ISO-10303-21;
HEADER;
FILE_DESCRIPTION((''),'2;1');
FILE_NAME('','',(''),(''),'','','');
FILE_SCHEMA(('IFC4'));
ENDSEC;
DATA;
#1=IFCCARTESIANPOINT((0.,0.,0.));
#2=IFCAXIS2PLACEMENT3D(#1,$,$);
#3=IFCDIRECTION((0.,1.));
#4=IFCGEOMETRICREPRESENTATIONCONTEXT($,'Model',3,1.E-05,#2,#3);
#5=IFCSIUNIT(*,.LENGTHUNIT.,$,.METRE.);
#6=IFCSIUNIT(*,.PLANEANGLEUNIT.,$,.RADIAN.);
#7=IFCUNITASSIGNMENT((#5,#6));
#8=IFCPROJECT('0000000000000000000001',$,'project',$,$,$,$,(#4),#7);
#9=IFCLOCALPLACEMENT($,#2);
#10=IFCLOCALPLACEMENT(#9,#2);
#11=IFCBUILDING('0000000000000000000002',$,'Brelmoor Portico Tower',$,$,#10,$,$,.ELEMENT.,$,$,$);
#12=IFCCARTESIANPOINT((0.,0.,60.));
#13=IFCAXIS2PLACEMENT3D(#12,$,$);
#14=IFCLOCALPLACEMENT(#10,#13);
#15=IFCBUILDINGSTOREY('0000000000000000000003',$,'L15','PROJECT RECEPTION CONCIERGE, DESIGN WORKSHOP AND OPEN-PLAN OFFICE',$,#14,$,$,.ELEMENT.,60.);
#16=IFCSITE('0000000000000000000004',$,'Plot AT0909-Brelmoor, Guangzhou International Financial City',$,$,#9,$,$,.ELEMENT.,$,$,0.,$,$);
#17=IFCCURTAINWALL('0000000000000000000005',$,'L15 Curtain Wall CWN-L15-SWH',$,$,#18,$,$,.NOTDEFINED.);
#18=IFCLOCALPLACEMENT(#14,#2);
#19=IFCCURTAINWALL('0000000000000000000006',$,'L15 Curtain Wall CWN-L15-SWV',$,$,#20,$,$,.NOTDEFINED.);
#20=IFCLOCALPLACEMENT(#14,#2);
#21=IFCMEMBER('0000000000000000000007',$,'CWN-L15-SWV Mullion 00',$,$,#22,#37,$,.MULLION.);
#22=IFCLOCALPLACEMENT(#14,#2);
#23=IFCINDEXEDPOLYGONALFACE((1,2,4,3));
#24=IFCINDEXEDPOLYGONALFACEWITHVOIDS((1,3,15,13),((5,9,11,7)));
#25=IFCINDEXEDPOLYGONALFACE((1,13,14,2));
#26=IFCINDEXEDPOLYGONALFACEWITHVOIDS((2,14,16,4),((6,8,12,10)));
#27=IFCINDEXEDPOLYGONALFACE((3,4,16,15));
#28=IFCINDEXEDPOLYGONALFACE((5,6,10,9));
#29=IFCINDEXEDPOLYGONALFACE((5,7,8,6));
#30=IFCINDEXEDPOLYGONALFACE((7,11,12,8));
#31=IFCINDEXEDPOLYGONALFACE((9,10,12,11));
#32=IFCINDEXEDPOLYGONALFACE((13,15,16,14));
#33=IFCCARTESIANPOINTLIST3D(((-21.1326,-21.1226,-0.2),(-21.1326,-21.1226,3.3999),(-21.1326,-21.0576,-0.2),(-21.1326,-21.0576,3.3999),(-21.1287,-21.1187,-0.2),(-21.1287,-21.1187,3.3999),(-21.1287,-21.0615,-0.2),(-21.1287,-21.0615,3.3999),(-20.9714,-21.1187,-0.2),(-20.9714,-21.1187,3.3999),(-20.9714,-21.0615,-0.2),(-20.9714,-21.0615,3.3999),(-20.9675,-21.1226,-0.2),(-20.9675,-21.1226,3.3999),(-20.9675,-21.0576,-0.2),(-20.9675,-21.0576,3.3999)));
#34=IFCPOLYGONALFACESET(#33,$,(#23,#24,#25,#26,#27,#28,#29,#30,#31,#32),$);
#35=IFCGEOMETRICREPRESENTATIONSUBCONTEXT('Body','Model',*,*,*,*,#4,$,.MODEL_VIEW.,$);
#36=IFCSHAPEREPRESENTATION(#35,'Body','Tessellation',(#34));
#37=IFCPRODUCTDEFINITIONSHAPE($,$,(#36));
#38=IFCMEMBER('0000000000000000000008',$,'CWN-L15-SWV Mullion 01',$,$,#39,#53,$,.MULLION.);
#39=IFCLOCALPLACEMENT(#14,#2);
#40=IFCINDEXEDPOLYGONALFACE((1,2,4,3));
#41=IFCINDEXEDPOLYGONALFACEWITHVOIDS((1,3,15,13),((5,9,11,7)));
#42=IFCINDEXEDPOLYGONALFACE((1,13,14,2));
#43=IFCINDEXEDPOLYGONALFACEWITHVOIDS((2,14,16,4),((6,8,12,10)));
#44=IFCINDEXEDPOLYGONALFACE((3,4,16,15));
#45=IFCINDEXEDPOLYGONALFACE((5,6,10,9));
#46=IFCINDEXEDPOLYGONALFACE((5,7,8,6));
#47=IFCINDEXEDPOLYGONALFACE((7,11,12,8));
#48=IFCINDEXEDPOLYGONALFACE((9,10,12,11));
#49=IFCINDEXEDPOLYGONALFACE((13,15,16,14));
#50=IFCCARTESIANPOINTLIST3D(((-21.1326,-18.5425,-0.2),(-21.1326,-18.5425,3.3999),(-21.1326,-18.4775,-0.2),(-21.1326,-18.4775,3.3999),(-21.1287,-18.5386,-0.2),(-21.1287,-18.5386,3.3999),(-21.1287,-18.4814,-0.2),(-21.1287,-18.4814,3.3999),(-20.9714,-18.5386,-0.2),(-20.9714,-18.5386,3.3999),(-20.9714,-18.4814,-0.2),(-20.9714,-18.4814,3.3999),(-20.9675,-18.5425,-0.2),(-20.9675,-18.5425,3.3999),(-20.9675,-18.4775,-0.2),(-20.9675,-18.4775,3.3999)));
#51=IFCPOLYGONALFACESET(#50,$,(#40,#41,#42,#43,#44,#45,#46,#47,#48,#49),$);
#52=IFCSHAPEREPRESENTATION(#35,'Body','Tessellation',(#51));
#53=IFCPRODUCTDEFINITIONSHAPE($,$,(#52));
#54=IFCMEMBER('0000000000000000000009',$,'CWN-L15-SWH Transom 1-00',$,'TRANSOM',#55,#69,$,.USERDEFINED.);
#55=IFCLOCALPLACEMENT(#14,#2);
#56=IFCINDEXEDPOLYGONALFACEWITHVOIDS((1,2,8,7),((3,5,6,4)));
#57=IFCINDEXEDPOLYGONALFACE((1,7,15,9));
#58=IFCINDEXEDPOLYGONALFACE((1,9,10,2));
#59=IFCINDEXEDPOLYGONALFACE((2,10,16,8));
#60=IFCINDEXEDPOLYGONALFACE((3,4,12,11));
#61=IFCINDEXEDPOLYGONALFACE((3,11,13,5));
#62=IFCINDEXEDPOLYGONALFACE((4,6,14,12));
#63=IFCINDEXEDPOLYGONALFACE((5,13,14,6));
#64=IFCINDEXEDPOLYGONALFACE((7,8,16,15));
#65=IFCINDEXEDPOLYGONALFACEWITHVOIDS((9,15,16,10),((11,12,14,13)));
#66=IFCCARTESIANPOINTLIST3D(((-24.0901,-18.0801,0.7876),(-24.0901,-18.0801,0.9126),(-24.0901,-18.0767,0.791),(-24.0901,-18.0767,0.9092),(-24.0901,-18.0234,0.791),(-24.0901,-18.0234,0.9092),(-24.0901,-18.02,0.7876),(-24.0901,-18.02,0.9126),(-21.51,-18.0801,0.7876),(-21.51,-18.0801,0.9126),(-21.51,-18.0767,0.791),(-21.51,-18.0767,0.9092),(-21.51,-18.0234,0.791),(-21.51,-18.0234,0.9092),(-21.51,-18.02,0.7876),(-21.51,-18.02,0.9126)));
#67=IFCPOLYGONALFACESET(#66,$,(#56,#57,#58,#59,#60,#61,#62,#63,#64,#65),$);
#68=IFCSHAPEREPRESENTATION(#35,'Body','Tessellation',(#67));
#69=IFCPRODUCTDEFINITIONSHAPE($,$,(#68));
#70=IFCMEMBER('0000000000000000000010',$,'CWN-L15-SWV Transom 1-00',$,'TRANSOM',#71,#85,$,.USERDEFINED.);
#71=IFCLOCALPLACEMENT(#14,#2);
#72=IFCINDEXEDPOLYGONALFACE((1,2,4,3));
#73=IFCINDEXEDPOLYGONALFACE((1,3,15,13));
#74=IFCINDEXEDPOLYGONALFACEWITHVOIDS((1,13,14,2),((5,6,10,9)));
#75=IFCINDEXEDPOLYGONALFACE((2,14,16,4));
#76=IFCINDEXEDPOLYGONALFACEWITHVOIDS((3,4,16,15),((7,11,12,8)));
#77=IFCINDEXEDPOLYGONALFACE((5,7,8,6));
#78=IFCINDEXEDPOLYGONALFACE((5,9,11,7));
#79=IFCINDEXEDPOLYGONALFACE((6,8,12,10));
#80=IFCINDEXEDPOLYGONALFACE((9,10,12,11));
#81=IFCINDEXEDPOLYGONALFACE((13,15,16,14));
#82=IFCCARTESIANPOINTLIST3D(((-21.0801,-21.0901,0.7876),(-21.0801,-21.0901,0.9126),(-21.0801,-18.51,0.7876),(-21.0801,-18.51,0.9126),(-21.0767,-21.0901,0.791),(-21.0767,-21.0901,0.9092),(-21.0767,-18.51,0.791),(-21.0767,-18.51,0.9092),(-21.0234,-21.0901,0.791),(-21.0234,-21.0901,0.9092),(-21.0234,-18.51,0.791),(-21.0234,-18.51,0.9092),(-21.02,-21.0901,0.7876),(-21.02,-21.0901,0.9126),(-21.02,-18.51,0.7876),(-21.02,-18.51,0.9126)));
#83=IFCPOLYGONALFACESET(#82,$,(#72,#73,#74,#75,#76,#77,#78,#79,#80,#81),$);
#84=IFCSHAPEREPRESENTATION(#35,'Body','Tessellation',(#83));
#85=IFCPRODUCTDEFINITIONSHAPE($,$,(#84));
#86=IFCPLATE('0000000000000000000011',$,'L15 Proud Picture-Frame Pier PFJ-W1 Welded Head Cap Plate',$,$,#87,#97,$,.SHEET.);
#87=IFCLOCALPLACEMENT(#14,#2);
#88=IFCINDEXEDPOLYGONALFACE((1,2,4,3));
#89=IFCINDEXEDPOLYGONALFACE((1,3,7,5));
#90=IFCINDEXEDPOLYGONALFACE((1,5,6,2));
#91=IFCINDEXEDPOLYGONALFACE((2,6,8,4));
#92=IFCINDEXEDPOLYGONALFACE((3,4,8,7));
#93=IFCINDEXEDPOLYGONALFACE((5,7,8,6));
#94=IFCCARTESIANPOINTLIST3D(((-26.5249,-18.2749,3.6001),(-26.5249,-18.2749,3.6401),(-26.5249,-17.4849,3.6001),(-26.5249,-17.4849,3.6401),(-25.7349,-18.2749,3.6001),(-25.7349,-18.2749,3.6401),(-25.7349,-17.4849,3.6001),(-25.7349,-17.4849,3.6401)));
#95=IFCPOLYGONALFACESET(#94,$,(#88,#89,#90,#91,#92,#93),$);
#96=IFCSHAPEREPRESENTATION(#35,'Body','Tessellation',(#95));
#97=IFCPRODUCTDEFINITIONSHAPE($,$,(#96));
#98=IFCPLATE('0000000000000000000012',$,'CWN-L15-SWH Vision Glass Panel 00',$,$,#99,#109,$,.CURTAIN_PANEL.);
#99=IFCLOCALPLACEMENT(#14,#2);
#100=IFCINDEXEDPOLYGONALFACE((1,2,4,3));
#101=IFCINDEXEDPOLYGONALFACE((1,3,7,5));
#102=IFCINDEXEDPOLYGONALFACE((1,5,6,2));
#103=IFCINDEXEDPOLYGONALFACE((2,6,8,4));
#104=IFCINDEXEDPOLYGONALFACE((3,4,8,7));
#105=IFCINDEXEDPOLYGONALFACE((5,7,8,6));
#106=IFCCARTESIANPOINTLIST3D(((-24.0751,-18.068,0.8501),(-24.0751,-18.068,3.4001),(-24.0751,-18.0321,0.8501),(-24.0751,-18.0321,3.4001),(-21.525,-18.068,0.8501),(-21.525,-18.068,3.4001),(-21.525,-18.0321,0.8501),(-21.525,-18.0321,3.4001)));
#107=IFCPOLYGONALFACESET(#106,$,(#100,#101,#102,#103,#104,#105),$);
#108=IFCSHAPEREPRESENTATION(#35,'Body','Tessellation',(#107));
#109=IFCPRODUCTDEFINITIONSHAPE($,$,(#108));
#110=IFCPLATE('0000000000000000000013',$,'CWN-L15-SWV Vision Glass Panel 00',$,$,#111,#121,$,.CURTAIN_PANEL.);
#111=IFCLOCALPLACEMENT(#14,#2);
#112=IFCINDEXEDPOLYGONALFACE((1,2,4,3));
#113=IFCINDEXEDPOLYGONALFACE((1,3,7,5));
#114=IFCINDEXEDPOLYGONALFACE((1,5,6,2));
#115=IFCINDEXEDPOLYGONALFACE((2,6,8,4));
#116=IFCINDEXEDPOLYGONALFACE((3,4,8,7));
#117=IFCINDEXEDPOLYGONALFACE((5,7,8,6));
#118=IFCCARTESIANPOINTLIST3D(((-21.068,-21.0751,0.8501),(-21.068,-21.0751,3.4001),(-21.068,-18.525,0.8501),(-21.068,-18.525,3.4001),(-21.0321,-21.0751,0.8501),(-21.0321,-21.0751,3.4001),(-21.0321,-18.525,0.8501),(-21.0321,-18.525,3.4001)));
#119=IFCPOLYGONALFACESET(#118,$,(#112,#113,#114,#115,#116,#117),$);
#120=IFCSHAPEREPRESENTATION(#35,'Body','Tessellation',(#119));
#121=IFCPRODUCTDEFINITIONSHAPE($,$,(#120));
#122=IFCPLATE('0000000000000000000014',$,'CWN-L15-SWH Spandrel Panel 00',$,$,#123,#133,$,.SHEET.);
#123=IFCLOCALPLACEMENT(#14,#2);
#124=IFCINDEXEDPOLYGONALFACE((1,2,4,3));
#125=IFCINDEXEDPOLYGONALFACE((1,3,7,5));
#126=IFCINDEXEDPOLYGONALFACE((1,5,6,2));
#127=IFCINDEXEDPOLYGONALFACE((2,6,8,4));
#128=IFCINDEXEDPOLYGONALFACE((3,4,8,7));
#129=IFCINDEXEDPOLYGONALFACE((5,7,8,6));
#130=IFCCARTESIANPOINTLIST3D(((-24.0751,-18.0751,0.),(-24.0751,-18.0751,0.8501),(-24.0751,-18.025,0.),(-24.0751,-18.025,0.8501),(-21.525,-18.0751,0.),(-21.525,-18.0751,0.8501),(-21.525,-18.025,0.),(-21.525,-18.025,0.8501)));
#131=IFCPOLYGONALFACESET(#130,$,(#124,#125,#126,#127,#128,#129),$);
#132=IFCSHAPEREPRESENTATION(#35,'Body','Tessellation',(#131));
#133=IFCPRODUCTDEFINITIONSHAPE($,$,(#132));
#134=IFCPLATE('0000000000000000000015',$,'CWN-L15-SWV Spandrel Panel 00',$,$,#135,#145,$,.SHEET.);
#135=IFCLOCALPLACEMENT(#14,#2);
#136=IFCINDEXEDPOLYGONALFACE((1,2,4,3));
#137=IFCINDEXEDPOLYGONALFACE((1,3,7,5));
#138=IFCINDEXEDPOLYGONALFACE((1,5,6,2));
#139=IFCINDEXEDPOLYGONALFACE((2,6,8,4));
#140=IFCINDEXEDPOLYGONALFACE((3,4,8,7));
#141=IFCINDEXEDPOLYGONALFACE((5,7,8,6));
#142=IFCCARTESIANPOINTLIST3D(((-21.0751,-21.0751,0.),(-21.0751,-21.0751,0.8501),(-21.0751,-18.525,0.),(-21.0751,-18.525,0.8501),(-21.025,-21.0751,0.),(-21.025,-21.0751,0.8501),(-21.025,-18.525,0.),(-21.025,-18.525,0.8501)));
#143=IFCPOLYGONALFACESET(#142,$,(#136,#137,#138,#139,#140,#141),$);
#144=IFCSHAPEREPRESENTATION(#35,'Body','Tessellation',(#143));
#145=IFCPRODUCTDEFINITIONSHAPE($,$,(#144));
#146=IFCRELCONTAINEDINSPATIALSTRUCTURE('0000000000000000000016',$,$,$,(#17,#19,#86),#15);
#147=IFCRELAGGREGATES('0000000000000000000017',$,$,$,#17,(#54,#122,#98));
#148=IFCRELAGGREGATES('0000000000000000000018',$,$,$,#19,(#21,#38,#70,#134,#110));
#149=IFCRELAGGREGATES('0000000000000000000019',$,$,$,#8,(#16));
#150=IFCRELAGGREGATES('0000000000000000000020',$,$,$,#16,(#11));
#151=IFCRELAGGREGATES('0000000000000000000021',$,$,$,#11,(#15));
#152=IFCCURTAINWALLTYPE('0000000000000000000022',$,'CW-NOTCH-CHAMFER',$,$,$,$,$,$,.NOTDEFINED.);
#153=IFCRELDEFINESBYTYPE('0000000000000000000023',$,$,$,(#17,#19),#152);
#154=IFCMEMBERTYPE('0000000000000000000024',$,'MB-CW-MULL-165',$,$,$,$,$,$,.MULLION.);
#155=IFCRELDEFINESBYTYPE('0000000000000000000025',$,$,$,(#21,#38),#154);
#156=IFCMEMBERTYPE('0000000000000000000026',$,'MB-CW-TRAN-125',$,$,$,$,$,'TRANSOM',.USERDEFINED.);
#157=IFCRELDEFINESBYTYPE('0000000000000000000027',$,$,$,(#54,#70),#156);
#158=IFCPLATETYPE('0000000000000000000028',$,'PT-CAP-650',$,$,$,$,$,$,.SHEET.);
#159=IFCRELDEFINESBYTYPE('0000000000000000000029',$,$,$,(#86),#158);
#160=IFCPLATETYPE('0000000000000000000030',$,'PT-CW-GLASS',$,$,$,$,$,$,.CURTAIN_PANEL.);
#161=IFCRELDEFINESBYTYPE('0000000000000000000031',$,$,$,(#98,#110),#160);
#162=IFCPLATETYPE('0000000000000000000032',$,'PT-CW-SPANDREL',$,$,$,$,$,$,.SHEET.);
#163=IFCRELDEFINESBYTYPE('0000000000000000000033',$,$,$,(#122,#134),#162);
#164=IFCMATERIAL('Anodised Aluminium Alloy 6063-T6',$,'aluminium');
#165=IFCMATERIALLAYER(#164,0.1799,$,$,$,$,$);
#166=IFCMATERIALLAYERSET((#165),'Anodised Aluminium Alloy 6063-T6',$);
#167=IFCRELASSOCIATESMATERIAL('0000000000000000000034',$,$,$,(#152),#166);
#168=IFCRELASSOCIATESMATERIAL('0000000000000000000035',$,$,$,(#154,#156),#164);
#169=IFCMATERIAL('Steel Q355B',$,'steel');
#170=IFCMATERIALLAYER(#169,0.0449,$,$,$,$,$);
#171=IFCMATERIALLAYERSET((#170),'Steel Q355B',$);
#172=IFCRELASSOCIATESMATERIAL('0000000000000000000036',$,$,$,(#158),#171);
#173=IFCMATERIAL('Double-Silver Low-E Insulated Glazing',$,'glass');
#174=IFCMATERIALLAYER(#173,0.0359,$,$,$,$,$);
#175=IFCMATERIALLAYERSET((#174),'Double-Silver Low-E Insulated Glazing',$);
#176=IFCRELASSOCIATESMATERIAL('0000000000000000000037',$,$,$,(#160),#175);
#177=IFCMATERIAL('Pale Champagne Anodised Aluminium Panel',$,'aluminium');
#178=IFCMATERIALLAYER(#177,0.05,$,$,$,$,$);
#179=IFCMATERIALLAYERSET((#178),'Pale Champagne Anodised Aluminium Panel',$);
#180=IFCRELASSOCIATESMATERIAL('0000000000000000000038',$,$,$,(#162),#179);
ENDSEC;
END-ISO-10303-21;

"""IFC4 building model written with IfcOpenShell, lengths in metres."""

from ifc_helpers import new_model, si_unit, direction, frame, origin, origin_2d, place, context, subcontext, project, spatial, rectangle, hollow_rectangle, extrude, material, layer, layer_set, material_profile, profile_set, type_object, element, aggregate, save


model = new_model("IFC4")

# Units and contexts
model_context = context("Model", 3, precision=1e-05, world=origin(), true_north=direction((0.0, 1.0)))
body_context = subcontext(model_context, "Body", "Model", "MODEL_VIEW")
ifc_project = project(units=[si_unit("LENGTHUNIT", "METRE"), si_unit("PLANEANGLEUNIT", "RADIAN")], contexts=[model_context])

# Site, building, storey
site_placement = place(None, origin())
site = spatial("IfcSite", under=ifc_project, at=site_placement, Name="Plot AT0909-Brelmoor, Guangzhou International Financial City", CompositionType="ELEMENT", RefElevation=0.0)
building_placement = place(site_placement, origin())
building = spatial("IfcBuilding", under=site, at=building_placement, Name="Brelmoor Portico Tower", CompositionType="ELEMENT")
storey_placement = place(building_placement, frame((0.0, 0.0, 60.0)))
storey = spatial("IfcBuildingStorey", under=building, at=storey_placement, Name="L15", Description="PROJECT RECEPTION CONCIERGE, DESIGN WORKSHOP AND OPEN-PLAN OFFICE", CompositionType="ELEMENT", Elevation=60.0)

# Shared definitions
ifc_material_1 = material(Name="Steel Q355B", Category="steel")

# Curtain walls, members
ifc_material_2 = material(Name="Anodised Aluminium Alloy 6063-T6", Category="aluminium")
ifc_layer_1 = layer(ifc_material_2, 0.1799)
ifc_layer_set_1 = layer_set([ifc_layer_1], Name="Anodised Aluminium Alloy 6063-T6")
curtain_wall_type = type_object("IfcCurtainWallType", Name="CW-NOTCH-CHAMFER", PredefinedType="NOTDEFINED", material=ifc_layer_set_1)
curtain_wall_1_placement = place(storey_placement, origin())
curtain_wall_1 = element("IfcCurtainWall", 1, at=curtain_wall_1_placement, inside=storey, type_object=curtain_wall_type, Name="L15 Curtain Wall CWN-L15-SWH", PredefinedType="NOTDEFINED")
ifc_material_profile_1 = material_profile(ifc_material_2, hollow_rectangle(XDim=0.0649, YDim=0.165, WallThickness=0.0039, at=origin_2d()), Name="ALU MULLION 65x165")
ifc_profile_set_1 = profile_set([ifc_material_profile_1], Name="Anodised Aluminium Alloy 6063-T6")
member_type_1 = type_object("IfcMemberType", Name="MB-CW-MULL-165", PredefinedType="MULLION", material=ifc_profile_set_1)
curtain_wall_2_placement = place(storey_placement, origin())
curtain_wall_2 = element("IfcCurtainWall", 2, at=curtain_wall_2_placement, inside=storey, type_object=curtain_wall_type, Name="L15 Curtain Wall CWN-L15-SWV", PredefinedType="NOTDEFINED")
member_1_placement = place(storey_placement, frame((-21.05, -21.0901, -0.2), z_axis=(0.0, 0.0, 1.0), x_axis=(0.0, 1.0, 0.0)))
member_1 = element("IfcMember", 3, at=member_1_placement, type_object=member_type_1, Name="CWN-L15-SWV Mullion 00", PredefinedType="MULLION", context=body_context, shape_type="SweptSolid", body=[
    extrude(hollow_rectangle(XDim=0.0649, YDim=0.165, WallThickness=0.0039, at=origin_2d()), origin(), (0.0, 0.0, 1.0), 3.5999),
])
member_2_placement = place(storey_placement, frame((-21.05, -18.51, -0.2), z_axis=(0.0, 0.0, 1.0), x_axis=(0.0, 1.0, 0.0)))
member_2 = element("IfcMember", 4, at=member_2_placement, type_object=member_type_1, Name="CWN-L15-SWV Mullion 01", PredefinedType="MULLION", context=body_context, shape_type="SweptSolid", body=[
    extrude(hollow_rectangle(XDim=0.0649, YDim=0.165, WallThickness=0.0039, at=origin_2d()), origin(), (0.0, 0.0, 1.0), 3.5999),
])

# Members
ifc_material_profile_2 = material_profile(ifc_material_2, hollow_rectangle(XDim=0.0601, YDim=0.125, WallThickness=0.0034, at=origin_2d()), Name="ALU TRANSOM 60x125")
ifc_profile_set_2 = profile_set([ifc_material_profile_2], Name="Anodised Aluminium Alloy 6063-T6")
member_type_2 = type_object("IfcMemberType", Name="MB-CW-TRAN-125", ElementType="TRANSOM", PredefinedType="USERDEFINED", material=ifc_profile_set_2)
member_3_placement = place(storey_placement, frame((-24.0901, -18.05, 0.8501), z_axis=(1.0, 0.0, 0.0), x_axis=(0.0, 1.0, 0.0)))
member_3 = element("IfcMember", 5, at=member_3_placement, type_object=member_type_2, Name="CWN-L15-SWH Transom 1-00", ObjectType="TRANSOM", PredefinedType="USERDEFINED", context=body_context, shape_type="SweptSolid", body=[
    extrude(hollow_rectangle(XDim=0.0601, YDim=0.125, WallThickness=0.0034, at=origin_2d()), origin(), (0.0, 0.0, 1.0), 2.5801),
])
member_4_placement = place(storey_placement, frame((-21.05, -21.0901, 0.8501), z_axis=(0.0, 1.0, 0.0), x_axis=(-1.0, 0.0, 0.0)))
member_4 = element("IfcMember", 6, at=member_4_placement, type_object=member_type_2, Name="CWN-L15-SWV Transom 1-00", ObjectType="TRANSOM", PredefinedType="USERDEFINED", context=body_context, shape_type="SweptSolid", body=[
    extrude(hollow_rectangle(XDim=0.0601, YDim=0.125, WallThickness=0.0034, at=origin_2d()), origin(), (0.0, 0.0, 1.0), 2.5801),
])

# Plates
ifc_layer_2 = layer(ifc_material_1, 0.0449)
ifc_layer_set_2 = layer_set([ifc_layer_2], Name="Steel Q355B")
plate_type_1 = type_object("IfcPlateType", Name="PT-CAP-650", PredefinedType="SHEET", material=ifc_layer_set_2)
plate_1_placement = place(storey_placement, frame((-26.1299, -17.8799, 3.6001), z_axis=(0.0, 0.0, 1.0), x_axis=(0.0, 1.0, 0.0)))
element("IfcPlate", 7, at=plate_1_placement, inside=storey, type_object=plate_type_1, Name="L15 Proud Picture-Frame Pier PFJ-W1 Welded Head Cap Plate", PredefinedType="SHEET", context=body_context, shape_type="SweptSolid", body=[
    extrude(rectangle(XDim=0.79, YDim=0.79, at=origin_2d()), origin(), (0.0, 0.0, 1.0), 0.04),
])
ifc_material_3 = material(Name="Double-Silver Low-E Insulated Glazing", Category="glass")
ifc_layer_3 = layer(ifc_material_3, 0.0359)
ifc_layer_set_3 = layer_set([ifc_layer_3], Name="Double-Silver Low-E Insulated Glazing")
plate_type_2 = type_object("IfcPlateType", Name="PT-CW-GLASS", PredefinedType="CURTAIN_PANEL", material=ifc_layer_set_3)
plate_2_placement = place(storey_placement, frame((-22.8, -18.05, 0.8501), z_axis=(0.0, 0.0, 1.0), x_axis=(1.0, 0.0, 0.0)))
plate_2 = element("IfcPlate", 8, at=plate_2_placement, type_object=plate_type_2, Name="CWN-L15-SWH Vision Glass Panel 00", PredefinedType="CURTAIN_PANEL", context=body_context, shape_type="SweptSolid", body=[
    extrude(rectangle(XDim=2.55, YDim=0.0359, at=origin_2d()), origin(), (0.0, 0.0, 1.0), 2.55),
])
plate_3_placement = place(storey_placement, frame((-21.05, -19.8, 0.8501), z_axis=(0.0, 0.0, 1.0), x_axis=(0.0, 1.0, 0.0)))
plate_3 = element("IfcPlate", 9, at=plate_3_placement, type_object=plate_type_2, Name="CWN-L15-SWV Vision Glass Panel 00", PredefinedType="CURTAIN_PANEL", context=body_context, shape_type="SweptSolid", body=[
    extrude(rectangle(XDim=2.55, YDim=0.0359, at=origin_2d()), origin(), (0.0, 0.0, 1.0), 2.55),
])
ifc_material_4 = material(Name="Pale Champagne Anodised Aluminium Panel", Category="aluminium")
ifc_layer_4 = layer(ifc_material_4, 0.05)
ifc_layer_set_4 = layer_set([ifc_layer_4], Name="Pale Champagne Anodised Aluminium Panel")
plate_type_3 = type_object("IfcPlateType", Name="PT-CW-SPANDREL", PredefinedType="SHEET", material=ifc_layer_set_4)
plate_4_placement = place(storey_placement, frame((-22.8, -18.05, 0.0), z_axis=(0.0, 0.0, 1.0), x_axis=(1.0, 0.0, 0.0)))
plate_4 = element("IfcPlate", 10, at=plate_4_placement, type_object=plate_type_3, Name="CWN-L15-SWH Spandrel Panel 00", PredefinedType="SHEET", context=body_context, shape_type="SweptSolid", body=[
    extrude(rectangle(XDim=2.55, YDim=0.05, at=origin_2d()), origin(), (0.0, 0.0, 1.0), 0.8501),
])
aggregate(curtain_wall_1, [member_3, plate_4, plate_2])
plate_5_placement = place(storey_placement, frame((-21.05, -19.8, 0.0), z_axis=(0.0, 0.0, 1.0), x_axis=(0.0, 1.0, 0.0)))
plate_5 = element("IfcPlate", 11, at=plate_5_placement, type_object=plate_type_3, Name="CWN-L15-SWV Spandrel Panel 00", PredefinedType="SHEET", context=body_context, shape_type="SweptSolid", body=[
    extrude(rectangle(XDim=2.55, YDim=0.05, at=origin_2d()), origin(), (0.0, 0.0, 1.0), 0.8501),
])
aggregate(curtain_wall_2, [member_1, member_2, member_4, plate_5, plate_3])

save(model, "model.ifc")
